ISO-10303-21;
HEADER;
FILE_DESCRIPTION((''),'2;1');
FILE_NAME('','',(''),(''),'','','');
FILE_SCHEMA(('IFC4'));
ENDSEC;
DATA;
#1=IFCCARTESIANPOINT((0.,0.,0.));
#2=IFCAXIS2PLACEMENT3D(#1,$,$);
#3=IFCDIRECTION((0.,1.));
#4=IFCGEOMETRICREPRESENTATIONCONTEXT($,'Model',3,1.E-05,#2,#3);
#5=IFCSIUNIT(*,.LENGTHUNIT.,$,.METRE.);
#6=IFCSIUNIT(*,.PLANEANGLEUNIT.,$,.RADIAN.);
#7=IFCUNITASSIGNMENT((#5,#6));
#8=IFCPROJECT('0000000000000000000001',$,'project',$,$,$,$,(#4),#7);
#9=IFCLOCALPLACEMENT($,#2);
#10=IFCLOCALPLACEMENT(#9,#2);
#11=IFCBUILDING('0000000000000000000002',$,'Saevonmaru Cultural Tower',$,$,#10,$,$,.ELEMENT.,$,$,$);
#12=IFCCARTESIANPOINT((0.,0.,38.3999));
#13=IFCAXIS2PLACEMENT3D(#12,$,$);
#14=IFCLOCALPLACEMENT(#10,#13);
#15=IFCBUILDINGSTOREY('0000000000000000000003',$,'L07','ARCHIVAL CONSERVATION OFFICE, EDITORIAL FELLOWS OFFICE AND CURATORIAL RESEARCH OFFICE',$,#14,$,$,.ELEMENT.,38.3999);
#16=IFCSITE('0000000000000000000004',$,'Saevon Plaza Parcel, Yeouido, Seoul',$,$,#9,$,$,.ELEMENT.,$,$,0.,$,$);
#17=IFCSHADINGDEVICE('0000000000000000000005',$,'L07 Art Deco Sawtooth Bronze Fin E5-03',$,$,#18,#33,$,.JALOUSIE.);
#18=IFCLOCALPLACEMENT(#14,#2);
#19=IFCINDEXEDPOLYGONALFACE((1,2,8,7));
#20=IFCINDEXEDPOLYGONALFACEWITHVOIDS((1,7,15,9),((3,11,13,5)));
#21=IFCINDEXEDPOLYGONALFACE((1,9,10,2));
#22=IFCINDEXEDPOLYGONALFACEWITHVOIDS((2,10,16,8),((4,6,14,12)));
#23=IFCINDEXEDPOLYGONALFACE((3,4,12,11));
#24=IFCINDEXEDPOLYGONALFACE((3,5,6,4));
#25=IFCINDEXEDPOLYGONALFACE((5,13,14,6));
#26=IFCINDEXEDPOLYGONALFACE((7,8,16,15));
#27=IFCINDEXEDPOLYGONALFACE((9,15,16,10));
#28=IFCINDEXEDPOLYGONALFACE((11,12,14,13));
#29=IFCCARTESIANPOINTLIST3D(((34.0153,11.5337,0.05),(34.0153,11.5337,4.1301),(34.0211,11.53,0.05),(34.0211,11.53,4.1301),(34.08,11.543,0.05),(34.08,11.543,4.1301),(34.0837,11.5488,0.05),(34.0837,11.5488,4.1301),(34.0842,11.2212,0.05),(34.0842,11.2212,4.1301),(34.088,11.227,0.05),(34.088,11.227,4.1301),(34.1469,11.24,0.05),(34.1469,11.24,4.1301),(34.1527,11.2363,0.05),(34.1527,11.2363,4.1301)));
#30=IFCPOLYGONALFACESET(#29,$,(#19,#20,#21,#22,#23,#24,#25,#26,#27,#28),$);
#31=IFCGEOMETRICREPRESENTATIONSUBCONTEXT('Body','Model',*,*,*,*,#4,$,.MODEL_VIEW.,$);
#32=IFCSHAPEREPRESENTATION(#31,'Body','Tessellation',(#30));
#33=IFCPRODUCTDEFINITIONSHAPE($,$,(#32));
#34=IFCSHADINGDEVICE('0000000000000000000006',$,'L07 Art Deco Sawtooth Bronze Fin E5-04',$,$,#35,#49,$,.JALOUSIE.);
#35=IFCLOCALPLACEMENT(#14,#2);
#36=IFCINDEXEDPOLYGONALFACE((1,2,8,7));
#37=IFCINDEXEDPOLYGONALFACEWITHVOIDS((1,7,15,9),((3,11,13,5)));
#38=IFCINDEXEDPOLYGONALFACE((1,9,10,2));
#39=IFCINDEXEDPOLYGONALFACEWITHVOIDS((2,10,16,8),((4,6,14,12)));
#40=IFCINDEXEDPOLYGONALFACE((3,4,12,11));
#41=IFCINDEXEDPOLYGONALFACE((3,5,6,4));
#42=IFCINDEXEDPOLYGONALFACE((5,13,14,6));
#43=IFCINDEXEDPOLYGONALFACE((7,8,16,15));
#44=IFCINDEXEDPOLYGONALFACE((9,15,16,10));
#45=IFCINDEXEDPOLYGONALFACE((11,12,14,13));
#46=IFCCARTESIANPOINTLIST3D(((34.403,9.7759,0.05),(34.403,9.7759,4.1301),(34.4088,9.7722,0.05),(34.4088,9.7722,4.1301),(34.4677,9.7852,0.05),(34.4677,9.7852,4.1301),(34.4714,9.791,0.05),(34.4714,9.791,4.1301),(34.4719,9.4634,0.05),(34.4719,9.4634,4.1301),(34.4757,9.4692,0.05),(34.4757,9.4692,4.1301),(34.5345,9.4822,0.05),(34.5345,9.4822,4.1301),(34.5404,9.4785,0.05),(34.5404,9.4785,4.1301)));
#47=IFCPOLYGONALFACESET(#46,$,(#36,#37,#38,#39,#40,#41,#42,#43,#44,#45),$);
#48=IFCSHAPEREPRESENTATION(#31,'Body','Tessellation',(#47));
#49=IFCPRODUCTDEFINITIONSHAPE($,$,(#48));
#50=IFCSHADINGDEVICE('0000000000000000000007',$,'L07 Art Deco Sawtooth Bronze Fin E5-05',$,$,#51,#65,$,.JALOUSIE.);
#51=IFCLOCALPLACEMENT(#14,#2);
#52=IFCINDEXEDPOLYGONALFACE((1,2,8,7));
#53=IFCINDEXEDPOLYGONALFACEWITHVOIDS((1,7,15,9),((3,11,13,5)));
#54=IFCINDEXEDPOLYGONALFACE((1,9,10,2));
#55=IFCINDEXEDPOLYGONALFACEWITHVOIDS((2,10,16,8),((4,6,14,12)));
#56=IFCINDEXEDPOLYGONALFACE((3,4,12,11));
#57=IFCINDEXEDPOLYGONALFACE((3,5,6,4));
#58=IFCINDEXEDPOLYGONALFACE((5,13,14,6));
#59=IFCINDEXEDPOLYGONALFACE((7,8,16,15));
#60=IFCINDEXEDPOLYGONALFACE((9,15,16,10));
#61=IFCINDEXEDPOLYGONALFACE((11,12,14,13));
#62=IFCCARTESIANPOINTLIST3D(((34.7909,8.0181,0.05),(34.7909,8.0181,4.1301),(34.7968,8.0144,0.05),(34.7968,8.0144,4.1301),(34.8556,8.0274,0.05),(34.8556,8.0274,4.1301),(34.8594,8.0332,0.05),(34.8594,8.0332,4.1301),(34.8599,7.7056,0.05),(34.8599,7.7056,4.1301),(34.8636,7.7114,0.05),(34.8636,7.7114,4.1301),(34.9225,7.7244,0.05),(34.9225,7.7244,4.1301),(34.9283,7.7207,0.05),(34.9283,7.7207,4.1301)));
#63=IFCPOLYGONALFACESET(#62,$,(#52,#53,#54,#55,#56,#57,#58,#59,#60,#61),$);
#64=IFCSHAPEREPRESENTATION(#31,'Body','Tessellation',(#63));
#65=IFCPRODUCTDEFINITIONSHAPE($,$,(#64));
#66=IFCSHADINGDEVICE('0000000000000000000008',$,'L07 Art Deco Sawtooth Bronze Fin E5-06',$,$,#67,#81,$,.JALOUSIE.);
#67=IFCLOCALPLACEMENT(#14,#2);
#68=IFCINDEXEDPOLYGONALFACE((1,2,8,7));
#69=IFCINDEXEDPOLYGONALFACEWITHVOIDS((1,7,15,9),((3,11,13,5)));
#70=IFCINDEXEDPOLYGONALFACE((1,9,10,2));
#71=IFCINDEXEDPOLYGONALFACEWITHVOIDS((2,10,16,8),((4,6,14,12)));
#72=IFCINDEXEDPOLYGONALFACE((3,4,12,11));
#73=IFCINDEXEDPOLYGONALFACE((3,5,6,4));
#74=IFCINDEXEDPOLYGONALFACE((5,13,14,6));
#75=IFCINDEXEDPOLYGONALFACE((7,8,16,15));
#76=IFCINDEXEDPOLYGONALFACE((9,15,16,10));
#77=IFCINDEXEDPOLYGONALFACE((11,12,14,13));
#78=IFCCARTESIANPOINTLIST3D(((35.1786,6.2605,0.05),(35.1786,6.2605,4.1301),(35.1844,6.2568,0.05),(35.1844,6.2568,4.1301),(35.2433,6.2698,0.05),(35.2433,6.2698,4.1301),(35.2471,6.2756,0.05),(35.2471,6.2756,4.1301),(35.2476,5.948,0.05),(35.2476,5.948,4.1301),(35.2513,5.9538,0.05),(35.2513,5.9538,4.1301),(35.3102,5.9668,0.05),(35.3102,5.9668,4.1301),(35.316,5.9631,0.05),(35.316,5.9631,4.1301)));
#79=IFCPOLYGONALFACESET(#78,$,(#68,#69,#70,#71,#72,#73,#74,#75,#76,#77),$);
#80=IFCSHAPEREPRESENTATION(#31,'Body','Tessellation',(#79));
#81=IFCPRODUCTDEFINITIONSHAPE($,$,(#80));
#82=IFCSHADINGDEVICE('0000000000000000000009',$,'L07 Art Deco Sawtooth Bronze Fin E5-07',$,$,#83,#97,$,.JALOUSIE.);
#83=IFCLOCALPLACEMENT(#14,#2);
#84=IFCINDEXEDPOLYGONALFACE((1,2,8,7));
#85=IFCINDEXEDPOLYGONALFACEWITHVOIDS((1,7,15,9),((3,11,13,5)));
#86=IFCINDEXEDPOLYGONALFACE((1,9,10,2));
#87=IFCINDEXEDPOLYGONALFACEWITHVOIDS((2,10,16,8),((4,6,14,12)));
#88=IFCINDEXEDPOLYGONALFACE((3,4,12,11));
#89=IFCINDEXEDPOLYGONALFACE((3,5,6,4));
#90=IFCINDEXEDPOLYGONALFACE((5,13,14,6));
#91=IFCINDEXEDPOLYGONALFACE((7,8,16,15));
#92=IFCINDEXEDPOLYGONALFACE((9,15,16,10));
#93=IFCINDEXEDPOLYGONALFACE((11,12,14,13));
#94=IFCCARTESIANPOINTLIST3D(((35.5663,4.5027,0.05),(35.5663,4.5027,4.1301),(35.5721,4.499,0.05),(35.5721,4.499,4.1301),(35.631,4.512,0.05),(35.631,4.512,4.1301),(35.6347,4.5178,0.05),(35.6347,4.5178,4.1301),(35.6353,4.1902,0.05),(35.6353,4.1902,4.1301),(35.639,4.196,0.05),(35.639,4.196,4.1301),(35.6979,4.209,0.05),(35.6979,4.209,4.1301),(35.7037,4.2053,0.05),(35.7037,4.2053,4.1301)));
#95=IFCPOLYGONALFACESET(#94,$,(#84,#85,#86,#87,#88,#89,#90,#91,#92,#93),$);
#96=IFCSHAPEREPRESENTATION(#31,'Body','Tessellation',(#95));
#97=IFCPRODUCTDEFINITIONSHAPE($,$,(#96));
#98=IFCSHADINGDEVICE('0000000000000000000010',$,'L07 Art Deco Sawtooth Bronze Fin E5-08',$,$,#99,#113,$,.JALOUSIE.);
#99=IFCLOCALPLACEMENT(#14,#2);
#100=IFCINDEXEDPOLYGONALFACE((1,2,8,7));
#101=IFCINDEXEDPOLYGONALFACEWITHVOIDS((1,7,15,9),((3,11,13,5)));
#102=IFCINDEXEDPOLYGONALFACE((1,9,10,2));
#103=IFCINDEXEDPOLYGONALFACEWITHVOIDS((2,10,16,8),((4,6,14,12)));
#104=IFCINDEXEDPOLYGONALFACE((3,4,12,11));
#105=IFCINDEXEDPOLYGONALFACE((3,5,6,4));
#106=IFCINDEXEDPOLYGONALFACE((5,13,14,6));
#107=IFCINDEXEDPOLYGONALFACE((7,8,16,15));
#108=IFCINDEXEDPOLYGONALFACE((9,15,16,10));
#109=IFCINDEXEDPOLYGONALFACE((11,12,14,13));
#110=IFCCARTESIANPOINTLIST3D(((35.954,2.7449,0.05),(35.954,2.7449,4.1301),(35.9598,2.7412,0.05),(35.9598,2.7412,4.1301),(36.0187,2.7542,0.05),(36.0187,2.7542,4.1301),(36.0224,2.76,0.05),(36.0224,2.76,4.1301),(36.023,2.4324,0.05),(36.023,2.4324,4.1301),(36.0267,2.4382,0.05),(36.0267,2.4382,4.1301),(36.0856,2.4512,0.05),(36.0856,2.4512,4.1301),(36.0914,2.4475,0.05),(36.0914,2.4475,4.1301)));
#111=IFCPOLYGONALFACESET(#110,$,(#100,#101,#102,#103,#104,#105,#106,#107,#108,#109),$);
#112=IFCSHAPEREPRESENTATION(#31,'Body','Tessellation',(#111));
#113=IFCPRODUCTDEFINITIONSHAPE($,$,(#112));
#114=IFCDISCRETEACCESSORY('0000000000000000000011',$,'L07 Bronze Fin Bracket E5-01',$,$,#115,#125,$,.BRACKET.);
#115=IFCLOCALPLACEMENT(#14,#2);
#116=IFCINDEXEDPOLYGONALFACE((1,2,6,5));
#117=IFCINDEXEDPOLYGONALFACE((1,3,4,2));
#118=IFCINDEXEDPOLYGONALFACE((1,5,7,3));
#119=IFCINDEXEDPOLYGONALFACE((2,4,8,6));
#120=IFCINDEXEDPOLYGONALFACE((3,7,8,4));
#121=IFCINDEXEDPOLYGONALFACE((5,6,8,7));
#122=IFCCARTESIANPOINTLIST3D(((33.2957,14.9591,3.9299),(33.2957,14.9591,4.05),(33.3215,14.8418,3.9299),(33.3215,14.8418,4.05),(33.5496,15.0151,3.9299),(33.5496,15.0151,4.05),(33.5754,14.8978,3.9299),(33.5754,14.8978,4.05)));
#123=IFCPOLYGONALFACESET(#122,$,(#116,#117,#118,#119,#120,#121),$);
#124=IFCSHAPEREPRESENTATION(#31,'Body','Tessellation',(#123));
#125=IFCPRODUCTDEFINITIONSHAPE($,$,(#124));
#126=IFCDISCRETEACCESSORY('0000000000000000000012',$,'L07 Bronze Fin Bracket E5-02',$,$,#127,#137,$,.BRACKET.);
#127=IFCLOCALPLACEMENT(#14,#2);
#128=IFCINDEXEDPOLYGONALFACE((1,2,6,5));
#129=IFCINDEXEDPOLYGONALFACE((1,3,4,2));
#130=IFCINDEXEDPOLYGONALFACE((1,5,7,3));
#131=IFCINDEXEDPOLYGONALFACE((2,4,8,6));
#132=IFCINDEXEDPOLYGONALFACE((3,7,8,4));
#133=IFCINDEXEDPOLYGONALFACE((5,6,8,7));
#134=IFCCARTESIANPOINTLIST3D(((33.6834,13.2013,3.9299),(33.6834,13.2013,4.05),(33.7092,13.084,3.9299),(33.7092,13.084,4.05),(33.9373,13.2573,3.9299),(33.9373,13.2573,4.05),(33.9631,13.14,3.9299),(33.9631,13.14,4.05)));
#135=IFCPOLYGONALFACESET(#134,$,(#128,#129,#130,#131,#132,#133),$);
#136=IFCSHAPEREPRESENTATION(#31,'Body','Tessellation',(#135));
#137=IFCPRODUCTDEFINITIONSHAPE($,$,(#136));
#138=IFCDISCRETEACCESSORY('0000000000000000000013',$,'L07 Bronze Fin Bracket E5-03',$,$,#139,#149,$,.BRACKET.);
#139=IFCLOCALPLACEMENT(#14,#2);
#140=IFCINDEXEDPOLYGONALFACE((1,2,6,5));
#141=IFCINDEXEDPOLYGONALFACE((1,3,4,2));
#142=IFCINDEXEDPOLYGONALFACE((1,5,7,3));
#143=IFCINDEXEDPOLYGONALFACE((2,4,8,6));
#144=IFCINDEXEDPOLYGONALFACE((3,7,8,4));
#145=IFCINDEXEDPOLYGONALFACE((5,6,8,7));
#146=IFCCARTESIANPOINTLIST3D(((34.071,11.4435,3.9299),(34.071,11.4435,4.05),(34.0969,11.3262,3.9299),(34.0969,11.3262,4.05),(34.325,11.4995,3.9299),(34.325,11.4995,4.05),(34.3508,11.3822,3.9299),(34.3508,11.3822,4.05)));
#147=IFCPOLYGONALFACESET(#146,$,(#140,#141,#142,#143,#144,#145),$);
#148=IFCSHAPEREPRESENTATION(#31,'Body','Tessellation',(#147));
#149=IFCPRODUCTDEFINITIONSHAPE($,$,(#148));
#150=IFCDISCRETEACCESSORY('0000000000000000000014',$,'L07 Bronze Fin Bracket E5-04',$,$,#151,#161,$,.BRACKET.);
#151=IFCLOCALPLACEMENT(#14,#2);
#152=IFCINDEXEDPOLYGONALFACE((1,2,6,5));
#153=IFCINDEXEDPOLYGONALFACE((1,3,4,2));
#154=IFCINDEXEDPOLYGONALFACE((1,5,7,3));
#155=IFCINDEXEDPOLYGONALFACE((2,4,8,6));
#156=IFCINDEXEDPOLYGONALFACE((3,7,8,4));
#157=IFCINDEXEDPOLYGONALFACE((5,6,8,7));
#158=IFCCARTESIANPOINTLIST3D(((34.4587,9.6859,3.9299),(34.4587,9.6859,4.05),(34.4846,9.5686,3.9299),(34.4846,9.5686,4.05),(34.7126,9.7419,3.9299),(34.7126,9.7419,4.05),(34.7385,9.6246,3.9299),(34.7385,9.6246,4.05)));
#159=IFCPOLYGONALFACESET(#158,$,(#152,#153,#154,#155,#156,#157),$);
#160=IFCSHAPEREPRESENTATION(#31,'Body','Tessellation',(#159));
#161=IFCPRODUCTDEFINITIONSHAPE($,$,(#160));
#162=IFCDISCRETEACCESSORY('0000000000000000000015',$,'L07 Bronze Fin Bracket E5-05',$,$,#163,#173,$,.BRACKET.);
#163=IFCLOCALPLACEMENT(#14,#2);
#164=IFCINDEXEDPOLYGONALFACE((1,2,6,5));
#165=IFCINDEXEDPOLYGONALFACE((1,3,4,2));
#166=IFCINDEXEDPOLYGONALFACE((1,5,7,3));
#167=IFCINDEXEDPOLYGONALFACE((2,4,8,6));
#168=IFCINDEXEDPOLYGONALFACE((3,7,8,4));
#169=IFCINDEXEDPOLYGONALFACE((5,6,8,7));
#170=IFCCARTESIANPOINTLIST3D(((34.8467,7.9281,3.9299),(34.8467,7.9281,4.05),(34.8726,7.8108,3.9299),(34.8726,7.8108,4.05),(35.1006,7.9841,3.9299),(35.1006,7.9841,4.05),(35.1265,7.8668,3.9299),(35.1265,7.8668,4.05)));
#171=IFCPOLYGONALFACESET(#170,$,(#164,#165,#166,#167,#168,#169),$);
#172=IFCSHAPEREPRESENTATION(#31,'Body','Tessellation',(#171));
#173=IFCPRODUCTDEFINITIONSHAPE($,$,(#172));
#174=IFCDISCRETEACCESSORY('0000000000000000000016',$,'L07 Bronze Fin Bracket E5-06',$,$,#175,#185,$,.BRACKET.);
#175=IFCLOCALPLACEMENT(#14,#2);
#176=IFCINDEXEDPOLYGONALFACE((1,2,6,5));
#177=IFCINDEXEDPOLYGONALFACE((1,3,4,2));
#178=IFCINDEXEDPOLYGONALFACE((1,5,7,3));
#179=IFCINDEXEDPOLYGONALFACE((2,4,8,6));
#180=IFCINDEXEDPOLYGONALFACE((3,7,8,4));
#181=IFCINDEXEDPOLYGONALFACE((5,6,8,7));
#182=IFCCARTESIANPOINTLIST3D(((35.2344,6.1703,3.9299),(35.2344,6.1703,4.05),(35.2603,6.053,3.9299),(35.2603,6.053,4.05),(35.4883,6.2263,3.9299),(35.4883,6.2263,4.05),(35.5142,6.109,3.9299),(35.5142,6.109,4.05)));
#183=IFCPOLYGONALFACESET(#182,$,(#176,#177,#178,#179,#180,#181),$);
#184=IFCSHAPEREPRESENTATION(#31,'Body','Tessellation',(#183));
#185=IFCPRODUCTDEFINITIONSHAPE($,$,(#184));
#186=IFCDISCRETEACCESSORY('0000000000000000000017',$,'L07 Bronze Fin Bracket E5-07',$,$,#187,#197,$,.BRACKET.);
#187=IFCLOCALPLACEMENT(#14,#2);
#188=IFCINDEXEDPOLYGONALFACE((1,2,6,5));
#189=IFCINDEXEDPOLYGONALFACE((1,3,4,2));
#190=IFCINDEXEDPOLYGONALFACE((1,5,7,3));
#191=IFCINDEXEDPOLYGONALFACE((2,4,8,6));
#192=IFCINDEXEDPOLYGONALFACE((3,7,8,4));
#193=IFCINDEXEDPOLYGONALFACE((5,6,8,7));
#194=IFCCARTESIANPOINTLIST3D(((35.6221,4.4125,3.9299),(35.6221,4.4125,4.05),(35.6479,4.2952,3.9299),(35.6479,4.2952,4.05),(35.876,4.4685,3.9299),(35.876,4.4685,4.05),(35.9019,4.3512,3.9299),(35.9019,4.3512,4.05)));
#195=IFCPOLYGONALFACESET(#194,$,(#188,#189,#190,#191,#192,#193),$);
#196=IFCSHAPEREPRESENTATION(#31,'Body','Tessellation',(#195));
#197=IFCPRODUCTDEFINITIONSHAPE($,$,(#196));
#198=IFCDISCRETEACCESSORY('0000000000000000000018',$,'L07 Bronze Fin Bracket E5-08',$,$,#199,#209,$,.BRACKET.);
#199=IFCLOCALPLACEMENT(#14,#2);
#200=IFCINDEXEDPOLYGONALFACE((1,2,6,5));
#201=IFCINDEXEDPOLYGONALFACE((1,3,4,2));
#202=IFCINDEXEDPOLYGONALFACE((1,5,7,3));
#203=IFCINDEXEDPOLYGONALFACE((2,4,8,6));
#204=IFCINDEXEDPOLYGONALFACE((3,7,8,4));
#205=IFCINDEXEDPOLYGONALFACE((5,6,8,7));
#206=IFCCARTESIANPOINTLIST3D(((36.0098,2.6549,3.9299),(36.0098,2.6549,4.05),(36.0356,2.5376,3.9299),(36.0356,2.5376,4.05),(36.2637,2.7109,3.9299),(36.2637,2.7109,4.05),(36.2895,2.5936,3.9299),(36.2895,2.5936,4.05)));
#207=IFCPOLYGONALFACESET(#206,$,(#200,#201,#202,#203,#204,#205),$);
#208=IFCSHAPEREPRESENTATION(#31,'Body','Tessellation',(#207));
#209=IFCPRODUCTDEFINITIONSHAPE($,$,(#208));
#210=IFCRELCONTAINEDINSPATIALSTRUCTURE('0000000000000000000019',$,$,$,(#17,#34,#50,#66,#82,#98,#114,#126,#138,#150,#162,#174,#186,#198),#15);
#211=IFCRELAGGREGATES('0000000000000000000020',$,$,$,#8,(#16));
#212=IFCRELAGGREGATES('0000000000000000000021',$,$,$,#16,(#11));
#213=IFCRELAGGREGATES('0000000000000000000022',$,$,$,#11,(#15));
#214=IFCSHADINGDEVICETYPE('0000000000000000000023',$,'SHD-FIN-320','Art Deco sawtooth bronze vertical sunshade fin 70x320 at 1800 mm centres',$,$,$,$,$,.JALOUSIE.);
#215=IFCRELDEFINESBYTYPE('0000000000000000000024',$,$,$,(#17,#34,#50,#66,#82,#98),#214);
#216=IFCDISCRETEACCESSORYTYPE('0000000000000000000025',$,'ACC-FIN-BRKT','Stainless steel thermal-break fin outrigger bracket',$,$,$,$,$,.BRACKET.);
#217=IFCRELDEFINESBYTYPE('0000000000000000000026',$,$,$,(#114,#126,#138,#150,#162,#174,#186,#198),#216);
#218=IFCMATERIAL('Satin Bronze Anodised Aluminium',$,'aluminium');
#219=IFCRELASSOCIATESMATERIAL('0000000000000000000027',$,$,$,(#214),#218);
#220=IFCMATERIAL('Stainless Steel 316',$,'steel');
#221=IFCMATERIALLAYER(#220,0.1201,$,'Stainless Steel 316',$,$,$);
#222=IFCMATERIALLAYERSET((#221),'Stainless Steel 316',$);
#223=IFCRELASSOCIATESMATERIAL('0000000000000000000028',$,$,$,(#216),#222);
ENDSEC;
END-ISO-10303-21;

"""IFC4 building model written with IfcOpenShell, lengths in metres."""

from ifc_helpers import new_model, si_unit, direction, frame, origin, origin_2d, place, context, subcontext, project, spatial, rectangle, hollow_rectangle, extrude, material, layer, layer_set, material_profile, profile_set, type_object, element, save


model = new_model("IFC4")

# Units and contexts
model_context = context("Model", 3, precision=1e-05, world=origin(), true_north=direction((0.0, 1.0)))
body_context = subcontext(model_context, "Body", "Model", "MODEL_VIEW")
ifc_project = project(units=[si_unit("LENGTHUNIT", "METRE"), si_unit("PLANEANGLEUNIT", "RADIAN")], contexts=[model_context])

# Site, building, storey
site_placement = place(None, origin())
site = spatial("IfcSite", under=ifc_project, at=site_placement, Name="Saevon Plaza Parcel, Yeouido, Seoul", CompositionType="ELEMENT", RefElevation=0.0)
building_placement = place(site_placement, origin())
building = spatial("IfcBuilding", under=site, at=building_placement, Name="Saevonmaru Cultural Tower", CompositionType="ELEMENT")
storey_placement = place(building_placement, frame((0.0, 0.0, 38.3999)))
storey = spatial("IfcBuildingStorey", under=building, at=storey_placement, Name="L07", Description="ARCHIVAL CONSERVATION OFFICE, EDITORIAL FELLOWS OFFICE AND CURATORIAL RESEARCH OFFICE", CompositionType="ELEMENT", Elevation=38.3999)

# Shared definitions
ifc_material_1 = material(Name="Satin Bronze Anodised Aluminium", Category="aluminium")

# Shading devices
ifc_material_profile_1 = material_profile(ifc_material_1, hollow_rectangle(XDim=0.0701, YDim=0.3201, WallThickness=0.0049, at=origin_2d()), Name="FIN-320x70")
ifc_profile_set_1 = profile_set([ifc_material_profile_1], Name="Satin Bronze Anodised Aluminium")
shading_device_type = type_object("IfcShadingDeviceType", Name="SHD-FIN-320", Description="Art Deco sawtooth bronze vertical sunshade fin 70x320 at 1800 mm centres", PredefinedType="JALOUSIE", material=ifc_profile_set_1)
for number, where, z_axis, x_axis, name in (
    (1, (34.084, 11.385, 0.05), (0.0, 0.0, 1.0), (-0.976522, -0.215417, 0.0), "L07 Art Deco Sawtooth Bronze Fin E5-03"),
    (2, (34.4717, 9.6272, 0.05), (0.0, 0.0, 1.0), (-0.976522, -0.215417, 0.0), "L07 Art Deco Sawtooth Bronze Fin E5-04"),
    (3, (34.8596, 7.8694, 0.05), (0.0, 0.0, 1.0), (-0.976522, -0.215417, 0.0), "L07 Art Deco Sawtooth Bronze Fin E5-05"),
    (4, (35.2473, 6.1118, 0.05), (0.0, 0.0, 1.0), (-0.976522, -0.215417, 0.0), "L07 Art Deco Sawtooth Bronze Fin E5-06"),
    (5, (35.635, 4.354, 0.05), (0.0, 0.0, 1.0), (-0.976522, -0.215417, 0.0), "L07 Art Deco Sawtooth Bronze Fin E5-07"),
    (6, (36.0227, 2.5962, 0.05), (0.0, 0.0, 1.0), (-0.976522, -0.215417, 0.0), "L07 Art Deco Sawtooth Bronze Fin E5-08"),
):
    element("IfcShadingDevice", number, at=place(storey_placement, frame(where, z_axis=z_axis, x_axis=x_axis)), inside=storey, type_object=shading_device_type, Name=name, PredefinedType="JALOUSIE", context=body_context, shape_type="SweptSolid", body=[
        extrude(hollow_rectangle(XDim=0.0701, YDim=0.3201, WallThickness=0.0049, at=origin_2d()), origin(), (0.0, 0.0, 1.0), 4.0801),
    ])

# Discrete accessories
ifc_material_2 = material(Name="Stainless Steel 316", Category="steel")
ifc_layer_1 = layer(ifc_material_2, 0.1201, Name="Stainless Steel 316")
ifc_layer_set_1 = layer_set([ifc_layer_1], Name="Stainless Steel 316")
discrete_accessory_type = type_object("IfcDiscreteAccessoryType", Name="ACC-FIN-BRKT", Description="Stainless steel thermal-break fin outrigger bracket", PredefinedType="BRACKET", material=ifc_layer_set_1)
for number, where, z_axis, x_axis, name in (
    (7, (33.4355, 14.9285, 3.9299), (0.0, 0.0, 1.0), (-0.976522, -0.215417, 0.0), "L07 Bronze Fin Bracket E5-01"),
    (8, (33.8232, 13.1707, 3.9299), (0.0, 0.0, 1.0), (-0.976522, -0.215417, 0.0), "L07 Bronze Fin Bracket E5-02"),
    (9, (34.2109, 11.4128, 3.9299), (0.0, 0.0, 1.0), (-0.976522, -0.215417, 0.0), "L07 Bronze Fin Bracket E5-03"),
    (10, (34.5986, 9.6553, 3.9299), (0.0, 0.0, 1.0), (-0.976522, -0.215417, 0.0), "L07 Bronze Fin Bracket E5-04"),
    (11, (34.9866, 7.8975, 3.9299), (0.0, 0.0, 1.0), (-0.976522, -0.215417, 0.0), "L07 Bronze Fin Bracket E5-05"),
    (12, (35.3743, 6.1396, 3.9299), (0.0, 0.0, 1.0), (-0.976522, -0.215417, 0.0), "L07 Bronze Fin Bracket E5-06"),
    (13, (35.762, 4.3818, 3.9299), (0.0, 0.0, 1.0), (-0.976522, -0.215417, 0.0), "L07 Bronze Fin Bracket E5-07"),
    (14, (36.1497, 2.6243, 3.9299), (0.0, 0.0, 1.0), (-0.976522, -0.215417, 0.0), "L07 Bronze Fin Bracket E5-08"),
):
    element("IfcDiscreteAccessory", number, at=place(storey_placement, frame(where, z_axis=z_axis, x_axis=x_axis)), inside=storey, type_object=discrete_accessory_type, Name=name, PredefinedType="BRACKET", context=body_context, shape_type="SweptSolid", body=[
        extrude(rectangle(XDim=0.26, YDim=0.1201, at=origin_2d()), origin(), (0.0, 0.0, 1.0), 0.1201),
    ])

save(model, "model.ifc")
